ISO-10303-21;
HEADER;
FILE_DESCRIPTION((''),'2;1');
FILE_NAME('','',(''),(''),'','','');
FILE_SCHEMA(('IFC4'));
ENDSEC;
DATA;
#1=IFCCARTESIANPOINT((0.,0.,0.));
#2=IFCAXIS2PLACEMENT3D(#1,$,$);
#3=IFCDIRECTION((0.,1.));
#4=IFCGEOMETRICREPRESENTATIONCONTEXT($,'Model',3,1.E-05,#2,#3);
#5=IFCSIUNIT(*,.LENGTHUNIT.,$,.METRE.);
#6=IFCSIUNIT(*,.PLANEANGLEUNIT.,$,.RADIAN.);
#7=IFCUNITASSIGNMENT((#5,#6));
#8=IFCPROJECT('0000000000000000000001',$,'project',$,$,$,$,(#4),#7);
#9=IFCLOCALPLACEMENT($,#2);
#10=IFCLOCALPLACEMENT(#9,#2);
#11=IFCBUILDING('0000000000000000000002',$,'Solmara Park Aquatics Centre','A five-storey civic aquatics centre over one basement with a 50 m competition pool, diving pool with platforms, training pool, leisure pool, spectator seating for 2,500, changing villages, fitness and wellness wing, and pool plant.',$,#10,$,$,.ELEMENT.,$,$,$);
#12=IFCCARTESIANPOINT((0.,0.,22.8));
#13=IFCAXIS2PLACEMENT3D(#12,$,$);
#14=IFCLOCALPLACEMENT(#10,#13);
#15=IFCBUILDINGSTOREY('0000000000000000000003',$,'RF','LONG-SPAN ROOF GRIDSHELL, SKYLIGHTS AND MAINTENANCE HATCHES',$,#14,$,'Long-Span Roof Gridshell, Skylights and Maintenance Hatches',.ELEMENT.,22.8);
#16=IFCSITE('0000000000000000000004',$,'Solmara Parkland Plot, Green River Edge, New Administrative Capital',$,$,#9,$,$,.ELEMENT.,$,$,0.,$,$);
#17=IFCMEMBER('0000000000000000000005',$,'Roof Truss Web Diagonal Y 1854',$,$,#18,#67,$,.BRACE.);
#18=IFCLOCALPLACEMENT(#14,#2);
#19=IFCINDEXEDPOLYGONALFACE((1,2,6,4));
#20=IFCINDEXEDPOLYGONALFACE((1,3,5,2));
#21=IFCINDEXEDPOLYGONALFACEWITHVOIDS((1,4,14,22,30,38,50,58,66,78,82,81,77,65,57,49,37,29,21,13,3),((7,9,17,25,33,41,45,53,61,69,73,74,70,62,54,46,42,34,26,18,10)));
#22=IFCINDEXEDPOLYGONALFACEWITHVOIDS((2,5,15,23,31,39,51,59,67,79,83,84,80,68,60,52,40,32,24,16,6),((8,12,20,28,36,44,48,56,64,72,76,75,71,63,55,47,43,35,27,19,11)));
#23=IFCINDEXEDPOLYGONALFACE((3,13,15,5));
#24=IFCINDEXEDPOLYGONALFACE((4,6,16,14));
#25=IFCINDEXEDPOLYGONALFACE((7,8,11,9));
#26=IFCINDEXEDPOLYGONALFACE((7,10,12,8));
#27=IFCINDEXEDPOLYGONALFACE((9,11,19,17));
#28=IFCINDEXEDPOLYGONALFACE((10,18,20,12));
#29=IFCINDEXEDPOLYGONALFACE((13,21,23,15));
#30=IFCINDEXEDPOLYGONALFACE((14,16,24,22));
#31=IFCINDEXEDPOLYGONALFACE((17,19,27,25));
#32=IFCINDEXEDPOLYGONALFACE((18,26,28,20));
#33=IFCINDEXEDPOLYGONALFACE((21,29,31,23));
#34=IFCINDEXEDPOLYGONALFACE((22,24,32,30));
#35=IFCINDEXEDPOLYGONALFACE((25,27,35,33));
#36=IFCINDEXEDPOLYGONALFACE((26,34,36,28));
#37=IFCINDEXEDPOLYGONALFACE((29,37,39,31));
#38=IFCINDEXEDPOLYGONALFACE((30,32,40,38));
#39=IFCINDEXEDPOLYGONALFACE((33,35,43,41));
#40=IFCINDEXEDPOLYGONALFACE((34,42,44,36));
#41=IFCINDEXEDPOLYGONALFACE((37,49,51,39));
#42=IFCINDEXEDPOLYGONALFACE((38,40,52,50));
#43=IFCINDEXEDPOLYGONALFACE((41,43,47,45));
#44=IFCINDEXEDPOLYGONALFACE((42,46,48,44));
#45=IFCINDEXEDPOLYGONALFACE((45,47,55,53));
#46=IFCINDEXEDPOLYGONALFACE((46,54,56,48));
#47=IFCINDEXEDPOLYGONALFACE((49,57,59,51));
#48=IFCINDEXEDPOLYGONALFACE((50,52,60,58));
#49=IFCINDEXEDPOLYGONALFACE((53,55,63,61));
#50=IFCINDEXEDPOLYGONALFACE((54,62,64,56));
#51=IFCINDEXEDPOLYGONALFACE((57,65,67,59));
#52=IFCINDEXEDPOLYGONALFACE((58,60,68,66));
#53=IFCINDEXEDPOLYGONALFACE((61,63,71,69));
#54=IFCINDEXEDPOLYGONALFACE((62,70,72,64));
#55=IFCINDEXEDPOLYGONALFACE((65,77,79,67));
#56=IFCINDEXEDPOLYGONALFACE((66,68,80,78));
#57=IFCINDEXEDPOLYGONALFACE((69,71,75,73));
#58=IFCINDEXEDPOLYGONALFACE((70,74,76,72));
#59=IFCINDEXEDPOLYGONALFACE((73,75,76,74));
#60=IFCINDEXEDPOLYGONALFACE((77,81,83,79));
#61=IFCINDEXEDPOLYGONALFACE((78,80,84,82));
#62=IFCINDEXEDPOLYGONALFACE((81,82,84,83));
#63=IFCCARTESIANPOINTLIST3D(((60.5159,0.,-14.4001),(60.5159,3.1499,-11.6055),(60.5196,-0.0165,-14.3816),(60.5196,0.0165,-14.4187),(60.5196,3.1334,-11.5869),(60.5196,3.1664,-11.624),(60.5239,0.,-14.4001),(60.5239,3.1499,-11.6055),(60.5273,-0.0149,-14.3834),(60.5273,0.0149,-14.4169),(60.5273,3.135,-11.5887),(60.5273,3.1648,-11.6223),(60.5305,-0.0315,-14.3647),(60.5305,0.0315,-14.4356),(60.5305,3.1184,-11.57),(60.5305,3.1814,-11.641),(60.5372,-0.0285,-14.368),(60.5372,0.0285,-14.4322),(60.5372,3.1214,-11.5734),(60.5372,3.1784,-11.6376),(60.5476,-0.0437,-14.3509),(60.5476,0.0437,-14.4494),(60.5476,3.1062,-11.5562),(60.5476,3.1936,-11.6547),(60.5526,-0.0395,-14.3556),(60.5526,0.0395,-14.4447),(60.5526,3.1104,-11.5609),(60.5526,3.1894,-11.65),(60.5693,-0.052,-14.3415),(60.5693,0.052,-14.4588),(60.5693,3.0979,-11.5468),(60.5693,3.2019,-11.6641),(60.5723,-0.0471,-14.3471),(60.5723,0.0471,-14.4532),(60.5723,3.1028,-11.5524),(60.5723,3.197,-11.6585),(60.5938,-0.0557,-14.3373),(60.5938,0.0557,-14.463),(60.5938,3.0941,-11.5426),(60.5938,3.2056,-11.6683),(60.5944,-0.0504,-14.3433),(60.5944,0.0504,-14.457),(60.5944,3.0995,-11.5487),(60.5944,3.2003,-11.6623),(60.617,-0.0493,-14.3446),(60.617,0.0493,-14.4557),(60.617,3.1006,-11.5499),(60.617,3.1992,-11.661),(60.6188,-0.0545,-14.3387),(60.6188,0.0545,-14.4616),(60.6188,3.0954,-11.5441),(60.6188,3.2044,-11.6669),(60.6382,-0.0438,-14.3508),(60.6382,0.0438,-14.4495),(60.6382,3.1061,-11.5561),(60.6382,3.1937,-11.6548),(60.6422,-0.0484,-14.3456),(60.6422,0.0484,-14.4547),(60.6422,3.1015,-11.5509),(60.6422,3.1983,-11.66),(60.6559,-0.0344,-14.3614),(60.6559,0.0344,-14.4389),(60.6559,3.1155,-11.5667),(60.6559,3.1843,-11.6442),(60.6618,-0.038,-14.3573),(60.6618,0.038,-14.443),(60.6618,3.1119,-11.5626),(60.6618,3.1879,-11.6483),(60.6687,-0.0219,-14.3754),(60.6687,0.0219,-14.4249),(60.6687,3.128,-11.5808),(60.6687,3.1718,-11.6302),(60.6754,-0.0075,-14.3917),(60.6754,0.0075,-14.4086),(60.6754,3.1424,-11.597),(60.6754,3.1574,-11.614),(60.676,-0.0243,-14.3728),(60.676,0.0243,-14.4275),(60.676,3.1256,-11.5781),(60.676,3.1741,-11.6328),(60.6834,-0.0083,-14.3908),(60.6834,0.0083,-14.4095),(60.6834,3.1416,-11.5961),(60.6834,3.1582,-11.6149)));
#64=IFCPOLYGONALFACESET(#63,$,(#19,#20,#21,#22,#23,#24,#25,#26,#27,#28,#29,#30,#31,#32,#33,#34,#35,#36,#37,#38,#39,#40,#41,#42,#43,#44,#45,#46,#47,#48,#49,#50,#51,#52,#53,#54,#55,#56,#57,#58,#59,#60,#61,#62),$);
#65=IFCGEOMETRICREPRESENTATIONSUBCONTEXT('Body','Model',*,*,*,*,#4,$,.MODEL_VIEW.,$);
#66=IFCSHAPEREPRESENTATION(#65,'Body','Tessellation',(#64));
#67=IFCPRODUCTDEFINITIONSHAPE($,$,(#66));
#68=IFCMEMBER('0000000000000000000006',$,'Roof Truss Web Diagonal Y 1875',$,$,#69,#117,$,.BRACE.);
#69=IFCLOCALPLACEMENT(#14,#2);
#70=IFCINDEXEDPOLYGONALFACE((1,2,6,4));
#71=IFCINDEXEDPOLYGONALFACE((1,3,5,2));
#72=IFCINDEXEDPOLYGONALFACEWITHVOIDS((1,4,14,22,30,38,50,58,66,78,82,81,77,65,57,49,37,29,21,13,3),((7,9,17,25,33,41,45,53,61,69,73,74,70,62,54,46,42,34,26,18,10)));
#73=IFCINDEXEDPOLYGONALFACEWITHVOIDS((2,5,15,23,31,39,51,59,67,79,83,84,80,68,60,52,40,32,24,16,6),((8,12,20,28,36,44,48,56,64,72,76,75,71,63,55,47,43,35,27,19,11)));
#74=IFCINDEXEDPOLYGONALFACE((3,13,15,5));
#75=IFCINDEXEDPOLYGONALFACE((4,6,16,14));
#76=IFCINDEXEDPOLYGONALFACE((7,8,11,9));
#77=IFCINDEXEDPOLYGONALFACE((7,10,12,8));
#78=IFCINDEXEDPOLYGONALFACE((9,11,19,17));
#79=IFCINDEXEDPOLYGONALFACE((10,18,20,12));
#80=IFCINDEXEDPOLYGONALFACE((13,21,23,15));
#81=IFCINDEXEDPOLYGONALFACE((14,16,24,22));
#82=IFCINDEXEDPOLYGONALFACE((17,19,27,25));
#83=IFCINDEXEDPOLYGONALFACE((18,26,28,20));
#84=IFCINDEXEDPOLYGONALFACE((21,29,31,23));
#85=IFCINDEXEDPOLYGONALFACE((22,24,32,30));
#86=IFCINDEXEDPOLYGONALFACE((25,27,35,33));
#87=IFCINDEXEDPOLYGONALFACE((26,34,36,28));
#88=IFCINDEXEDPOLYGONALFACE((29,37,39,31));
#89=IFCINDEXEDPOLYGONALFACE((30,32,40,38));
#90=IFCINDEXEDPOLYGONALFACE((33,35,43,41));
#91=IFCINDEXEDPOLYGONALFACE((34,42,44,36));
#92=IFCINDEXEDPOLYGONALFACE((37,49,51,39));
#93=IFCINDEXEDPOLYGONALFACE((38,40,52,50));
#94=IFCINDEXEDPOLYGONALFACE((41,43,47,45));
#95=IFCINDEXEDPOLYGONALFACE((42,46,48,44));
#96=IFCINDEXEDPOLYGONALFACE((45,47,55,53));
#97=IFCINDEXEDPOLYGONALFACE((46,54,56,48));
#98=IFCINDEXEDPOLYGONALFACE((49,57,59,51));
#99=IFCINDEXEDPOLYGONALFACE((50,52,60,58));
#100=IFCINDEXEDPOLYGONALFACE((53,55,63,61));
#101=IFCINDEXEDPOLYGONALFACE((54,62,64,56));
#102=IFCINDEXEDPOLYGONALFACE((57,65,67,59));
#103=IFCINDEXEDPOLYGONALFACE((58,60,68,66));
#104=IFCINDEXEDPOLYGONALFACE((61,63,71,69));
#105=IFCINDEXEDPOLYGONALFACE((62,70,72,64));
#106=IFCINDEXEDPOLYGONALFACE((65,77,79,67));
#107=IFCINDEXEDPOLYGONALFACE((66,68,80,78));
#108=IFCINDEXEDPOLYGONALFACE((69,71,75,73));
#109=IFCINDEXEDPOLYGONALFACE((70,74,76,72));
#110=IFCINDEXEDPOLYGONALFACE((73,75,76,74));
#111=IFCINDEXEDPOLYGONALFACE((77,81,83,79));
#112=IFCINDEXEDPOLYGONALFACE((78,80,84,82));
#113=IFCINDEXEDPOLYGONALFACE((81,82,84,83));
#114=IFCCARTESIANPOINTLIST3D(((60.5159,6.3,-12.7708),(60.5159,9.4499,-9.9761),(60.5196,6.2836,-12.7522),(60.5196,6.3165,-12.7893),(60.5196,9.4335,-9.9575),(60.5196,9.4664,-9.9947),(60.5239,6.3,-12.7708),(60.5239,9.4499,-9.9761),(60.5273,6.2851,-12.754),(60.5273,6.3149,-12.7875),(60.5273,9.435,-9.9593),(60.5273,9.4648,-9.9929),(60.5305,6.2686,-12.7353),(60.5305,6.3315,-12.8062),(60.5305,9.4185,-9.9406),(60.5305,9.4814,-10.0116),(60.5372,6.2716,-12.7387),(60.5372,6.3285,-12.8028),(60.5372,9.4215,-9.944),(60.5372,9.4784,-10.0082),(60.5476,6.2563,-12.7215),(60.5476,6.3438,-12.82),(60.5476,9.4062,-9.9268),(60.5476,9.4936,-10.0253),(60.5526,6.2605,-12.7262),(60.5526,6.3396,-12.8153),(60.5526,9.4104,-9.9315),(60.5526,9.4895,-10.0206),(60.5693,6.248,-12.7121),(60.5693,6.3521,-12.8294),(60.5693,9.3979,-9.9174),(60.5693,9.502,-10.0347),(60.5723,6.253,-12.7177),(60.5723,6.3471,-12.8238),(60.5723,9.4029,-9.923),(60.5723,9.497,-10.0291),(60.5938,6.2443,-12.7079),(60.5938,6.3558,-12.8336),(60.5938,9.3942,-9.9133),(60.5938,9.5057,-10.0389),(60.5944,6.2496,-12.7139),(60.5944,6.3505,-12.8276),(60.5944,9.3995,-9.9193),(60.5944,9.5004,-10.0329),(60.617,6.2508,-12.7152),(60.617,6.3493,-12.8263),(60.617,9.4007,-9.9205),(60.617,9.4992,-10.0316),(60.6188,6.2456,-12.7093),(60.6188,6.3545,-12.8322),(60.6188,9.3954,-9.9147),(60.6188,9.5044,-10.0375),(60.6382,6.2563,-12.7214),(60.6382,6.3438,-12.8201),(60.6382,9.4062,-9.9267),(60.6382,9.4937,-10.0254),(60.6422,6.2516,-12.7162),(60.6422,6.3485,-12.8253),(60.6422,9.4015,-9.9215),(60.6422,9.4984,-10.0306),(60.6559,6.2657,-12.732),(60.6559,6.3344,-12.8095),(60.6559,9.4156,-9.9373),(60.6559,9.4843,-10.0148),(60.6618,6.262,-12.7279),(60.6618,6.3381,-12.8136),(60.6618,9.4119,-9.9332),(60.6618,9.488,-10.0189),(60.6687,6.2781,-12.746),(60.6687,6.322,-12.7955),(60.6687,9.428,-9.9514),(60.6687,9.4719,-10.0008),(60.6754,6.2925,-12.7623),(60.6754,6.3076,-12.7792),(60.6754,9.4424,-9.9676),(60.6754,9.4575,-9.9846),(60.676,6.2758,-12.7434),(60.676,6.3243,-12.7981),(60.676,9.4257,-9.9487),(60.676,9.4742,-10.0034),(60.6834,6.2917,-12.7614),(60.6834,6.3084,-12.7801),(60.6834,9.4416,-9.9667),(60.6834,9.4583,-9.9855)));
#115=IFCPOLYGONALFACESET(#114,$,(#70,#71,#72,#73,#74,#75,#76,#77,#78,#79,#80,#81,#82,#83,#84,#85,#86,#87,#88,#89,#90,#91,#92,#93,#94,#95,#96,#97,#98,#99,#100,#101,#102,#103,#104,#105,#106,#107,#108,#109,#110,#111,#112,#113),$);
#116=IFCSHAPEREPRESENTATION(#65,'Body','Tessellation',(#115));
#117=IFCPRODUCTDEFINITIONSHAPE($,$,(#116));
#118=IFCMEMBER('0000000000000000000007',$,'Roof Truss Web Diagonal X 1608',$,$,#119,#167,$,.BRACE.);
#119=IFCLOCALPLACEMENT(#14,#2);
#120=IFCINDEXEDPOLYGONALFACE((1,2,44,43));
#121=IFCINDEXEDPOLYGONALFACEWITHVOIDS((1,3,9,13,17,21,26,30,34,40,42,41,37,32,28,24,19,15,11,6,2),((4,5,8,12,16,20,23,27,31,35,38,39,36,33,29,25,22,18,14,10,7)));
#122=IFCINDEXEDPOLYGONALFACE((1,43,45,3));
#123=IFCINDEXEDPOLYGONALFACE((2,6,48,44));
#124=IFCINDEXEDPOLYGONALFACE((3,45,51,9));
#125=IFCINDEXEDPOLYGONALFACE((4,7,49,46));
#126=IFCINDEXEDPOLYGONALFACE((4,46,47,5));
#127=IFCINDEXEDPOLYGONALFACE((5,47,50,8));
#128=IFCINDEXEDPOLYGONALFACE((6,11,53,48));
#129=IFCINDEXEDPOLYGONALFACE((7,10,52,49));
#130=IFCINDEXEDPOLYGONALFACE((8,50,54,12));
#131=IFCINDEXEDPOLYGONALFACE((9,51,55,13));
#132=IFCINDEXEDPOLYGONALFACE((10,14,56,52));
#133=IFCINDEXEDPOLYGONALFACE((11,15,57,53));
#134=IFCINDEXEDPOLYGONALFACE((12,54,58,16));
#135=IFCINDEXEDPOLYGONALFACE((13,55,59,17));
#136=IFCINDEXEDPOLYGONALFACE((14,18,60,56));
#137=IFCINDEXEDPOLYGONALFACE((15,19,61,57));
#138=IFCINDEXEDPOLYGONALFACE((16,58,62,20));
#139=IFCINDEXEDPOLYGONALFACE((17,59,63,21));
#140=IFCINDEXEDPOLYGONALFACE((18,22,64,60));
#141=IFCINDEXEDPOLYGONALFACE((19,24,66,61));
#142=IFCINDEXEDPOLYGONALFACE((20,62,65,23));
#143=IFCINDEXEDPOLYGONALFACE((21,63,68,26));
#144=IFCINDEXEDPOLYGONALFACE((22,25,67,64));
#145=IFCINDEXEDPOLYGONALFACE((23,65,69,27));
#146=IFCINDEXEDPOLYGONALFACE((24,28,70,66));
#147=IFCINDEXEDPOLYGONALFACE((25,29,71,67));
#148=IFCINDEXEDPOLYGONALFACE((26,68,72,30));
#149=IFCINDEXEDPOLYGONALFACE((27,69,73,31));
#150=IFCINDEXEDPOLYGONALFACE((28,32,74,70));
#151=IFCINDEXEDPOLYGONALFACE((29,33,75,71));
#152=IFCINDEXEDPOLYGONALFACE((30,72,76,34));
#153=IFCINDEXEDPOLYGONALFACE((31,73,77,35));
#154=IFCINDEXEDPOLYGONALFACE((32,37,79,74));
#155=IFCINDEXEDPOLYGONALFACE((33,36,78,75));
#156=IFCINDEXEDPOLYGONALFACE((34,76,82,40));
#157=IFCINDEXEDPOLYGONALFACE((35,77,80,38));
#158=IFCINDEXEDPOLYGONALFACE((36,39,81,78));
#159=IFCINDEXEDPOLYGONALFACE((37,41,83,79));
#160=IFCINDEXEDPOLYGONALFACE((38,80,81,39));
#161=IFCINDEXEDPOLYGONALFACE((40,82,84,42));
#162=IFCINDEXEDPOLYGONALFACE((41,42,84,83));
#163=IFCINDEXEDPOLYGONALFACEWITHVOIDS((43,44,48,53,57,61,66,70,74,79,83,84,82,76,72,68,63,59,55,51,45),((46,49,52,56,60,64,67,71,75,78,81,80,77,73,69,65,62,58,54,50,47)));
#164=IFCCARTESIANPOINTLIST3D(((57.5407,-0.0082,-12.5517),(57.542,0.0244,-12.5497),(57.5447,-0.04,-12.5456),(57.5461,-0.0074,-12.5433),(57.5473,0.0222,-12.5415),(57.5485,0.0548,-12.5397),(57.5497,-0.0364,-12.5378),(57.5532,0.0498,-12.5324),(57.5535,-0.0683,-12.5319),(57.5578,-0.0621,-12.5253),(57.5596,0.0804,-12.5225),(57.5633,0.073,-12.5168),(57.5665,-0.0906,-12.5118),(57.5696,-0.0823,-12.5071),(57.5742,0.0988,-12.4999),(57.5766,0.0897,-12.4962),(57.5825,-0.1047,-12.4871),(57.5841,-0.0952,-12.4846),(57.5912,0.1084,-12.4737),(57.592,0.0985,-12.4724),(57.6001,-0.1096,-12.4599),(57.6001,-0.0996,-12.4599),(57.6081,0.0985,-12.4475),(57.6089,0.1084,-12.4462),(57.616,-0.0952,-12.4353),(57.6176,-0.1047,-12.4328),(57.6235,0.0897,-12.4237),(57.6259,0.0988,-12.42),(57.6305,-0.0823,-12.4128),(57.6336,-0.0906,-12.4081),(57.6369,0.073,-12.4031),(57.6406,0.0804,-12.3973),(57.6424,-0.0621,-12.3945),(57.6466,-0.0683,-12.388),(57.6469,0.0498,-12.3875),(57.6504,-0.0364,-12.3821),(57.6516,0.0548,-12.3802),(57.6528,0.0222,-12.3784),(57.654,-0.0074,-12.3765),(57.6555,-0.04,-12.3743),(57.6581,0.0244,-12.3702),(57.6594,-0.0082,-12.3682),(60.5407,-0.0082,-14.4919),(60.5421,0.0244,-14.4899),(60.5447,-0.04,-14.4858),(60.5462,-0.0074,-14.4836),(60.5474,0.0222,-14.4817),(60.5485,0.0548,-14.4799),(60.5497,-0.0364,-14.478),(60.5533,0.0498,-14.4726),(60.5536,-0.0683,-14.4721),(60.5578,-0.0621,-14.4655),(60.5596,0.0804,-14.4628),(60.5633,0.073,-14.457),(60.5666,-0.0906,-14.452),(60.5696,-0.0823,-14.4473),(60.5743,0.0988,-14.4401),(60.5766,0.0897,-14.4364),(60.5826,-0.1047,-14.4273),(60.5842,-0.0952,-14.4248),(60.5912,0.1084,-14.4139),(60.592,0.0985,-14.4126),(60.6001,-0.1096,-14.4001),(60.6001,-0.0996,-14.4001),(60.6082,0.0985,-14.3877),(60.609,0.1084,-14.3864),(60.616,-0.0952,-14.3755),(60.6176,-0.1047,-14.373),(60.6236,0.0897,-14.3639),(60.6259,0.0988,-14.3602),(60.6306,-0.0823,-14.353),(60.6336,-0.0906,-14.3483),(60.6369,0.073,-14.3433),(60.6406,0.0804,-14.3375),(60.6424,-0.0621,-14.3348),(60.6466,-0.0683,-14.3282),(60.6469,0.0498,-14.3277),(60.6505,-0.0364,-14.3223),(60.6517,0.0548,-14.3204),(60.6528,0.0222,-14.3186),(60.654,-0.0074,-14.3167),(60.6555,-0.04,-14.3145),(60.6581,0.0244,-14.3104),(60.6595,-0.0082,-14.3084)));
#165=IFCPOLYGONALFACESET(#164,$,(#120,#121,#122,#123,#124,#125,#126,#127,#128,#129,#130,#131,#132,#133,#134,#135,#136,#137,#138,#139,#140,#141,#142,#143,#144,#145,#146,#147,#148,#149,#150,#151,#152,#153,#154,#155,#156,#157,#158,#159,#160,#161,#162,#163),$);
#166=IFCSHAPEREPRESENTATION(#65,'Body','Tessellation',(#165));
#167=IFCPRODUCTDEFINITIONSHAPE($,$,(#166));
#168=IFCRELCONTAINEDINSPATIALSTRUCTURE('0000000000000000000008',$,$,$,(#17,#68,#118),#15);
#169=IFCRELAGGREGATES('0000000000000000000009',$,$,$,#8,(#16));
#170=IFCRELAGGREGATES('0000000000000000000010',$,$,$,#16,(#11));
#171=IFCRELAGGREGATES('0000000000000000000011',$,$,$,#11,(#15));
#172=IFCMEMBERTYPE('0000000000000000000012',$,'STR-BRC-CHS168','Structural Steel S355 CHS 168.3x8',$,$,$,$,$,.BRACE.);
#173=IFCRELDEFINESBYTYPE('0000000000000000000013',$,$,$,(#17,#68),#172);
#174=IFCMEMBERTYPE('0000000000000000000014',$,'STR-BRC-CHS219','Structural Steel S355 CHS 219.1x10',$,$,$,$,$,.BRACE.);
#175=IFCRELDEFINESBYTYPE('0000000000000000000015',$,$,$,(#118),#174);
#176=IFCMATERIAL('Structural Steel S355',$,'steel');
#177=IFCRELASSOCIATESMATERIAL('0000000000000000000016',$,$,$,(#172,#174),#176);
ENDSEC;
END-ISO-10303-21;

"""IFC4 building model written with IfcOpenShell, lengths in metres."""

from ifc_helpers import new_model, si_unit, direction, frame, origin, origin_2d, place, context, subcontext, project, spatial, hollow_circle, extrude, material, material_profile, profile_set, type_object, element, save


model = new_model("IFC4")

# Units and contexts
model_context = context("Model", 3, precision=1e-05, world=origin(), true_north=direction((0.0, 1.0)))
body_context = subcontext(model_context, "Body", "Model", "MODEL_VIEW")
ifc_project = project(units=[si_unit("LENGTHUNIT", "METRE"), si_unit("PLANEANGLEUNIT", "RADIAN")], contexts=[model_context])

# Site, building, storey
site_placement = place(None, origin())
site = spatial("IfcSite", under=ifc_project, at=site_placement, Name="Solmara Parkland Plot, Green River Edge, New Administrative Capital", CompositionType="ELEMENT", RefElevation=0.0)
building_placement = place(site_placement, origin())
building = spatial("IfcBuilding", under=site, at=building_placement, Name="Solmara Park Aquatics Centre", Description="A five-storey civic aquatics centre over one basement with a 50 m competition pool, diving pool with platforms, training pool, leisure pool, spectator seating for 2,500, changing villages, fitness and wellness wing, and pool plant.", CompositionType="ELEMENT")
storey_placement = place(building_placement, frame((0.0, 0.0, 22.8)))
storey = spatial("IfcBuildingStorey", under=building, at=storey_placement, Name="RF", Description="LONG-SPAN ROOF GRIDSHELL, SKYLIGHTS AND MAINTENANCE HATCHES", LongName="Long-Span Roof Gridshell, Skylights and Maintenance Hatches", CompositionType="ELEMENT", Elevation=22.8)

# Members
ifc_material_1 = material(Name="Structural Steel S355", Category="steel")
ifc_material_profile_1 = material_profile(ifc_material_1, hollow_circle(Radius=0.0842, WallThickness=0.0081, at=origin_2d()), Name="CHS 168.3x8")
ifc_profile_set_1 = profile_set([ifc_material_profile_1], Name="Structural Steel S355")
member_type_1 = type_object("IfcMemberType", Name="STR-BRC-CHS168", Description="Structural Steel S355 CHS 168.3x8", PredefinedType="BRACE", material=ifc_profile_set_1)
for number, where, z_axis, x_axis, name in (
    (1, (60.6001, 0.0, -14.4001), (0.0, 0.748026, 0.663669), (-1.0, 0.0, 0.0), "Roof Truss Web Diagonal Y 1854"),
    (2, (60.6001, 6.3, -12.7708), (0.0, 0.748026, 0.663669), (-1.0, 0.0, 0.0), "Roof Truss Web Diagonal Y 1875"),
):
    element("IfcMember", number, at=place(storey_placement, frame(where, z_axis=z_axis, x_axis=x_axis)), inside=storey, type_object=member_type_1, Name=name, PredefinedType="BRACE", context=body_context, shape_type="SweptSolid", body=[
        extrude(hollow_circle(Radius=0.0842, WallThickness=0.0081, at=origin_2d()), origin(), (0.0, 0.0, 1.0), 4.2109),
    ])
ifc_material_profile_2 = material_profile(ifc_material_1, hollow_circle(Radius=0.1096, WallThickness=0.01, at=origin_2d()), Name="CHS 219.1x10")
ifc_profile_set_2 = profile_set([ifc_material_profile_2], Name="Structural Steel S355")
member_type_2 = type_object("IfcMemberType", Name="STR-BRC-CHS219", Description="Structural Steel S355 CHS 219.1x10", PredefinedType="BRACE", material=ifc_profile_set_2)
for number, where, z_axis, x_axis, name in (
    (3, (60.6001, 0.0, -14.4001), (-0.839697, 0.0, 0.543056), (0.0, -1.0, 0.0), "Roof Truss Web Diagonal X 1608"),
):
    element("IfcMember", number, at=place(storey_placement, frame(where, z_axis=z_axis, x_axis=x_axis)), inside=storey, type_object=member_type_2, Name=name, PredefinedType="BRACE", context=body_context, shape_type="SweptSolid", body=[
        extrude(hollow_circle(Radius=0.1096, WallThickness=0.01, at=origin_2d()), origin(), (0.0, 0.0, 1.0), 3.5728),
    ])

save(model, "model.ifc")
